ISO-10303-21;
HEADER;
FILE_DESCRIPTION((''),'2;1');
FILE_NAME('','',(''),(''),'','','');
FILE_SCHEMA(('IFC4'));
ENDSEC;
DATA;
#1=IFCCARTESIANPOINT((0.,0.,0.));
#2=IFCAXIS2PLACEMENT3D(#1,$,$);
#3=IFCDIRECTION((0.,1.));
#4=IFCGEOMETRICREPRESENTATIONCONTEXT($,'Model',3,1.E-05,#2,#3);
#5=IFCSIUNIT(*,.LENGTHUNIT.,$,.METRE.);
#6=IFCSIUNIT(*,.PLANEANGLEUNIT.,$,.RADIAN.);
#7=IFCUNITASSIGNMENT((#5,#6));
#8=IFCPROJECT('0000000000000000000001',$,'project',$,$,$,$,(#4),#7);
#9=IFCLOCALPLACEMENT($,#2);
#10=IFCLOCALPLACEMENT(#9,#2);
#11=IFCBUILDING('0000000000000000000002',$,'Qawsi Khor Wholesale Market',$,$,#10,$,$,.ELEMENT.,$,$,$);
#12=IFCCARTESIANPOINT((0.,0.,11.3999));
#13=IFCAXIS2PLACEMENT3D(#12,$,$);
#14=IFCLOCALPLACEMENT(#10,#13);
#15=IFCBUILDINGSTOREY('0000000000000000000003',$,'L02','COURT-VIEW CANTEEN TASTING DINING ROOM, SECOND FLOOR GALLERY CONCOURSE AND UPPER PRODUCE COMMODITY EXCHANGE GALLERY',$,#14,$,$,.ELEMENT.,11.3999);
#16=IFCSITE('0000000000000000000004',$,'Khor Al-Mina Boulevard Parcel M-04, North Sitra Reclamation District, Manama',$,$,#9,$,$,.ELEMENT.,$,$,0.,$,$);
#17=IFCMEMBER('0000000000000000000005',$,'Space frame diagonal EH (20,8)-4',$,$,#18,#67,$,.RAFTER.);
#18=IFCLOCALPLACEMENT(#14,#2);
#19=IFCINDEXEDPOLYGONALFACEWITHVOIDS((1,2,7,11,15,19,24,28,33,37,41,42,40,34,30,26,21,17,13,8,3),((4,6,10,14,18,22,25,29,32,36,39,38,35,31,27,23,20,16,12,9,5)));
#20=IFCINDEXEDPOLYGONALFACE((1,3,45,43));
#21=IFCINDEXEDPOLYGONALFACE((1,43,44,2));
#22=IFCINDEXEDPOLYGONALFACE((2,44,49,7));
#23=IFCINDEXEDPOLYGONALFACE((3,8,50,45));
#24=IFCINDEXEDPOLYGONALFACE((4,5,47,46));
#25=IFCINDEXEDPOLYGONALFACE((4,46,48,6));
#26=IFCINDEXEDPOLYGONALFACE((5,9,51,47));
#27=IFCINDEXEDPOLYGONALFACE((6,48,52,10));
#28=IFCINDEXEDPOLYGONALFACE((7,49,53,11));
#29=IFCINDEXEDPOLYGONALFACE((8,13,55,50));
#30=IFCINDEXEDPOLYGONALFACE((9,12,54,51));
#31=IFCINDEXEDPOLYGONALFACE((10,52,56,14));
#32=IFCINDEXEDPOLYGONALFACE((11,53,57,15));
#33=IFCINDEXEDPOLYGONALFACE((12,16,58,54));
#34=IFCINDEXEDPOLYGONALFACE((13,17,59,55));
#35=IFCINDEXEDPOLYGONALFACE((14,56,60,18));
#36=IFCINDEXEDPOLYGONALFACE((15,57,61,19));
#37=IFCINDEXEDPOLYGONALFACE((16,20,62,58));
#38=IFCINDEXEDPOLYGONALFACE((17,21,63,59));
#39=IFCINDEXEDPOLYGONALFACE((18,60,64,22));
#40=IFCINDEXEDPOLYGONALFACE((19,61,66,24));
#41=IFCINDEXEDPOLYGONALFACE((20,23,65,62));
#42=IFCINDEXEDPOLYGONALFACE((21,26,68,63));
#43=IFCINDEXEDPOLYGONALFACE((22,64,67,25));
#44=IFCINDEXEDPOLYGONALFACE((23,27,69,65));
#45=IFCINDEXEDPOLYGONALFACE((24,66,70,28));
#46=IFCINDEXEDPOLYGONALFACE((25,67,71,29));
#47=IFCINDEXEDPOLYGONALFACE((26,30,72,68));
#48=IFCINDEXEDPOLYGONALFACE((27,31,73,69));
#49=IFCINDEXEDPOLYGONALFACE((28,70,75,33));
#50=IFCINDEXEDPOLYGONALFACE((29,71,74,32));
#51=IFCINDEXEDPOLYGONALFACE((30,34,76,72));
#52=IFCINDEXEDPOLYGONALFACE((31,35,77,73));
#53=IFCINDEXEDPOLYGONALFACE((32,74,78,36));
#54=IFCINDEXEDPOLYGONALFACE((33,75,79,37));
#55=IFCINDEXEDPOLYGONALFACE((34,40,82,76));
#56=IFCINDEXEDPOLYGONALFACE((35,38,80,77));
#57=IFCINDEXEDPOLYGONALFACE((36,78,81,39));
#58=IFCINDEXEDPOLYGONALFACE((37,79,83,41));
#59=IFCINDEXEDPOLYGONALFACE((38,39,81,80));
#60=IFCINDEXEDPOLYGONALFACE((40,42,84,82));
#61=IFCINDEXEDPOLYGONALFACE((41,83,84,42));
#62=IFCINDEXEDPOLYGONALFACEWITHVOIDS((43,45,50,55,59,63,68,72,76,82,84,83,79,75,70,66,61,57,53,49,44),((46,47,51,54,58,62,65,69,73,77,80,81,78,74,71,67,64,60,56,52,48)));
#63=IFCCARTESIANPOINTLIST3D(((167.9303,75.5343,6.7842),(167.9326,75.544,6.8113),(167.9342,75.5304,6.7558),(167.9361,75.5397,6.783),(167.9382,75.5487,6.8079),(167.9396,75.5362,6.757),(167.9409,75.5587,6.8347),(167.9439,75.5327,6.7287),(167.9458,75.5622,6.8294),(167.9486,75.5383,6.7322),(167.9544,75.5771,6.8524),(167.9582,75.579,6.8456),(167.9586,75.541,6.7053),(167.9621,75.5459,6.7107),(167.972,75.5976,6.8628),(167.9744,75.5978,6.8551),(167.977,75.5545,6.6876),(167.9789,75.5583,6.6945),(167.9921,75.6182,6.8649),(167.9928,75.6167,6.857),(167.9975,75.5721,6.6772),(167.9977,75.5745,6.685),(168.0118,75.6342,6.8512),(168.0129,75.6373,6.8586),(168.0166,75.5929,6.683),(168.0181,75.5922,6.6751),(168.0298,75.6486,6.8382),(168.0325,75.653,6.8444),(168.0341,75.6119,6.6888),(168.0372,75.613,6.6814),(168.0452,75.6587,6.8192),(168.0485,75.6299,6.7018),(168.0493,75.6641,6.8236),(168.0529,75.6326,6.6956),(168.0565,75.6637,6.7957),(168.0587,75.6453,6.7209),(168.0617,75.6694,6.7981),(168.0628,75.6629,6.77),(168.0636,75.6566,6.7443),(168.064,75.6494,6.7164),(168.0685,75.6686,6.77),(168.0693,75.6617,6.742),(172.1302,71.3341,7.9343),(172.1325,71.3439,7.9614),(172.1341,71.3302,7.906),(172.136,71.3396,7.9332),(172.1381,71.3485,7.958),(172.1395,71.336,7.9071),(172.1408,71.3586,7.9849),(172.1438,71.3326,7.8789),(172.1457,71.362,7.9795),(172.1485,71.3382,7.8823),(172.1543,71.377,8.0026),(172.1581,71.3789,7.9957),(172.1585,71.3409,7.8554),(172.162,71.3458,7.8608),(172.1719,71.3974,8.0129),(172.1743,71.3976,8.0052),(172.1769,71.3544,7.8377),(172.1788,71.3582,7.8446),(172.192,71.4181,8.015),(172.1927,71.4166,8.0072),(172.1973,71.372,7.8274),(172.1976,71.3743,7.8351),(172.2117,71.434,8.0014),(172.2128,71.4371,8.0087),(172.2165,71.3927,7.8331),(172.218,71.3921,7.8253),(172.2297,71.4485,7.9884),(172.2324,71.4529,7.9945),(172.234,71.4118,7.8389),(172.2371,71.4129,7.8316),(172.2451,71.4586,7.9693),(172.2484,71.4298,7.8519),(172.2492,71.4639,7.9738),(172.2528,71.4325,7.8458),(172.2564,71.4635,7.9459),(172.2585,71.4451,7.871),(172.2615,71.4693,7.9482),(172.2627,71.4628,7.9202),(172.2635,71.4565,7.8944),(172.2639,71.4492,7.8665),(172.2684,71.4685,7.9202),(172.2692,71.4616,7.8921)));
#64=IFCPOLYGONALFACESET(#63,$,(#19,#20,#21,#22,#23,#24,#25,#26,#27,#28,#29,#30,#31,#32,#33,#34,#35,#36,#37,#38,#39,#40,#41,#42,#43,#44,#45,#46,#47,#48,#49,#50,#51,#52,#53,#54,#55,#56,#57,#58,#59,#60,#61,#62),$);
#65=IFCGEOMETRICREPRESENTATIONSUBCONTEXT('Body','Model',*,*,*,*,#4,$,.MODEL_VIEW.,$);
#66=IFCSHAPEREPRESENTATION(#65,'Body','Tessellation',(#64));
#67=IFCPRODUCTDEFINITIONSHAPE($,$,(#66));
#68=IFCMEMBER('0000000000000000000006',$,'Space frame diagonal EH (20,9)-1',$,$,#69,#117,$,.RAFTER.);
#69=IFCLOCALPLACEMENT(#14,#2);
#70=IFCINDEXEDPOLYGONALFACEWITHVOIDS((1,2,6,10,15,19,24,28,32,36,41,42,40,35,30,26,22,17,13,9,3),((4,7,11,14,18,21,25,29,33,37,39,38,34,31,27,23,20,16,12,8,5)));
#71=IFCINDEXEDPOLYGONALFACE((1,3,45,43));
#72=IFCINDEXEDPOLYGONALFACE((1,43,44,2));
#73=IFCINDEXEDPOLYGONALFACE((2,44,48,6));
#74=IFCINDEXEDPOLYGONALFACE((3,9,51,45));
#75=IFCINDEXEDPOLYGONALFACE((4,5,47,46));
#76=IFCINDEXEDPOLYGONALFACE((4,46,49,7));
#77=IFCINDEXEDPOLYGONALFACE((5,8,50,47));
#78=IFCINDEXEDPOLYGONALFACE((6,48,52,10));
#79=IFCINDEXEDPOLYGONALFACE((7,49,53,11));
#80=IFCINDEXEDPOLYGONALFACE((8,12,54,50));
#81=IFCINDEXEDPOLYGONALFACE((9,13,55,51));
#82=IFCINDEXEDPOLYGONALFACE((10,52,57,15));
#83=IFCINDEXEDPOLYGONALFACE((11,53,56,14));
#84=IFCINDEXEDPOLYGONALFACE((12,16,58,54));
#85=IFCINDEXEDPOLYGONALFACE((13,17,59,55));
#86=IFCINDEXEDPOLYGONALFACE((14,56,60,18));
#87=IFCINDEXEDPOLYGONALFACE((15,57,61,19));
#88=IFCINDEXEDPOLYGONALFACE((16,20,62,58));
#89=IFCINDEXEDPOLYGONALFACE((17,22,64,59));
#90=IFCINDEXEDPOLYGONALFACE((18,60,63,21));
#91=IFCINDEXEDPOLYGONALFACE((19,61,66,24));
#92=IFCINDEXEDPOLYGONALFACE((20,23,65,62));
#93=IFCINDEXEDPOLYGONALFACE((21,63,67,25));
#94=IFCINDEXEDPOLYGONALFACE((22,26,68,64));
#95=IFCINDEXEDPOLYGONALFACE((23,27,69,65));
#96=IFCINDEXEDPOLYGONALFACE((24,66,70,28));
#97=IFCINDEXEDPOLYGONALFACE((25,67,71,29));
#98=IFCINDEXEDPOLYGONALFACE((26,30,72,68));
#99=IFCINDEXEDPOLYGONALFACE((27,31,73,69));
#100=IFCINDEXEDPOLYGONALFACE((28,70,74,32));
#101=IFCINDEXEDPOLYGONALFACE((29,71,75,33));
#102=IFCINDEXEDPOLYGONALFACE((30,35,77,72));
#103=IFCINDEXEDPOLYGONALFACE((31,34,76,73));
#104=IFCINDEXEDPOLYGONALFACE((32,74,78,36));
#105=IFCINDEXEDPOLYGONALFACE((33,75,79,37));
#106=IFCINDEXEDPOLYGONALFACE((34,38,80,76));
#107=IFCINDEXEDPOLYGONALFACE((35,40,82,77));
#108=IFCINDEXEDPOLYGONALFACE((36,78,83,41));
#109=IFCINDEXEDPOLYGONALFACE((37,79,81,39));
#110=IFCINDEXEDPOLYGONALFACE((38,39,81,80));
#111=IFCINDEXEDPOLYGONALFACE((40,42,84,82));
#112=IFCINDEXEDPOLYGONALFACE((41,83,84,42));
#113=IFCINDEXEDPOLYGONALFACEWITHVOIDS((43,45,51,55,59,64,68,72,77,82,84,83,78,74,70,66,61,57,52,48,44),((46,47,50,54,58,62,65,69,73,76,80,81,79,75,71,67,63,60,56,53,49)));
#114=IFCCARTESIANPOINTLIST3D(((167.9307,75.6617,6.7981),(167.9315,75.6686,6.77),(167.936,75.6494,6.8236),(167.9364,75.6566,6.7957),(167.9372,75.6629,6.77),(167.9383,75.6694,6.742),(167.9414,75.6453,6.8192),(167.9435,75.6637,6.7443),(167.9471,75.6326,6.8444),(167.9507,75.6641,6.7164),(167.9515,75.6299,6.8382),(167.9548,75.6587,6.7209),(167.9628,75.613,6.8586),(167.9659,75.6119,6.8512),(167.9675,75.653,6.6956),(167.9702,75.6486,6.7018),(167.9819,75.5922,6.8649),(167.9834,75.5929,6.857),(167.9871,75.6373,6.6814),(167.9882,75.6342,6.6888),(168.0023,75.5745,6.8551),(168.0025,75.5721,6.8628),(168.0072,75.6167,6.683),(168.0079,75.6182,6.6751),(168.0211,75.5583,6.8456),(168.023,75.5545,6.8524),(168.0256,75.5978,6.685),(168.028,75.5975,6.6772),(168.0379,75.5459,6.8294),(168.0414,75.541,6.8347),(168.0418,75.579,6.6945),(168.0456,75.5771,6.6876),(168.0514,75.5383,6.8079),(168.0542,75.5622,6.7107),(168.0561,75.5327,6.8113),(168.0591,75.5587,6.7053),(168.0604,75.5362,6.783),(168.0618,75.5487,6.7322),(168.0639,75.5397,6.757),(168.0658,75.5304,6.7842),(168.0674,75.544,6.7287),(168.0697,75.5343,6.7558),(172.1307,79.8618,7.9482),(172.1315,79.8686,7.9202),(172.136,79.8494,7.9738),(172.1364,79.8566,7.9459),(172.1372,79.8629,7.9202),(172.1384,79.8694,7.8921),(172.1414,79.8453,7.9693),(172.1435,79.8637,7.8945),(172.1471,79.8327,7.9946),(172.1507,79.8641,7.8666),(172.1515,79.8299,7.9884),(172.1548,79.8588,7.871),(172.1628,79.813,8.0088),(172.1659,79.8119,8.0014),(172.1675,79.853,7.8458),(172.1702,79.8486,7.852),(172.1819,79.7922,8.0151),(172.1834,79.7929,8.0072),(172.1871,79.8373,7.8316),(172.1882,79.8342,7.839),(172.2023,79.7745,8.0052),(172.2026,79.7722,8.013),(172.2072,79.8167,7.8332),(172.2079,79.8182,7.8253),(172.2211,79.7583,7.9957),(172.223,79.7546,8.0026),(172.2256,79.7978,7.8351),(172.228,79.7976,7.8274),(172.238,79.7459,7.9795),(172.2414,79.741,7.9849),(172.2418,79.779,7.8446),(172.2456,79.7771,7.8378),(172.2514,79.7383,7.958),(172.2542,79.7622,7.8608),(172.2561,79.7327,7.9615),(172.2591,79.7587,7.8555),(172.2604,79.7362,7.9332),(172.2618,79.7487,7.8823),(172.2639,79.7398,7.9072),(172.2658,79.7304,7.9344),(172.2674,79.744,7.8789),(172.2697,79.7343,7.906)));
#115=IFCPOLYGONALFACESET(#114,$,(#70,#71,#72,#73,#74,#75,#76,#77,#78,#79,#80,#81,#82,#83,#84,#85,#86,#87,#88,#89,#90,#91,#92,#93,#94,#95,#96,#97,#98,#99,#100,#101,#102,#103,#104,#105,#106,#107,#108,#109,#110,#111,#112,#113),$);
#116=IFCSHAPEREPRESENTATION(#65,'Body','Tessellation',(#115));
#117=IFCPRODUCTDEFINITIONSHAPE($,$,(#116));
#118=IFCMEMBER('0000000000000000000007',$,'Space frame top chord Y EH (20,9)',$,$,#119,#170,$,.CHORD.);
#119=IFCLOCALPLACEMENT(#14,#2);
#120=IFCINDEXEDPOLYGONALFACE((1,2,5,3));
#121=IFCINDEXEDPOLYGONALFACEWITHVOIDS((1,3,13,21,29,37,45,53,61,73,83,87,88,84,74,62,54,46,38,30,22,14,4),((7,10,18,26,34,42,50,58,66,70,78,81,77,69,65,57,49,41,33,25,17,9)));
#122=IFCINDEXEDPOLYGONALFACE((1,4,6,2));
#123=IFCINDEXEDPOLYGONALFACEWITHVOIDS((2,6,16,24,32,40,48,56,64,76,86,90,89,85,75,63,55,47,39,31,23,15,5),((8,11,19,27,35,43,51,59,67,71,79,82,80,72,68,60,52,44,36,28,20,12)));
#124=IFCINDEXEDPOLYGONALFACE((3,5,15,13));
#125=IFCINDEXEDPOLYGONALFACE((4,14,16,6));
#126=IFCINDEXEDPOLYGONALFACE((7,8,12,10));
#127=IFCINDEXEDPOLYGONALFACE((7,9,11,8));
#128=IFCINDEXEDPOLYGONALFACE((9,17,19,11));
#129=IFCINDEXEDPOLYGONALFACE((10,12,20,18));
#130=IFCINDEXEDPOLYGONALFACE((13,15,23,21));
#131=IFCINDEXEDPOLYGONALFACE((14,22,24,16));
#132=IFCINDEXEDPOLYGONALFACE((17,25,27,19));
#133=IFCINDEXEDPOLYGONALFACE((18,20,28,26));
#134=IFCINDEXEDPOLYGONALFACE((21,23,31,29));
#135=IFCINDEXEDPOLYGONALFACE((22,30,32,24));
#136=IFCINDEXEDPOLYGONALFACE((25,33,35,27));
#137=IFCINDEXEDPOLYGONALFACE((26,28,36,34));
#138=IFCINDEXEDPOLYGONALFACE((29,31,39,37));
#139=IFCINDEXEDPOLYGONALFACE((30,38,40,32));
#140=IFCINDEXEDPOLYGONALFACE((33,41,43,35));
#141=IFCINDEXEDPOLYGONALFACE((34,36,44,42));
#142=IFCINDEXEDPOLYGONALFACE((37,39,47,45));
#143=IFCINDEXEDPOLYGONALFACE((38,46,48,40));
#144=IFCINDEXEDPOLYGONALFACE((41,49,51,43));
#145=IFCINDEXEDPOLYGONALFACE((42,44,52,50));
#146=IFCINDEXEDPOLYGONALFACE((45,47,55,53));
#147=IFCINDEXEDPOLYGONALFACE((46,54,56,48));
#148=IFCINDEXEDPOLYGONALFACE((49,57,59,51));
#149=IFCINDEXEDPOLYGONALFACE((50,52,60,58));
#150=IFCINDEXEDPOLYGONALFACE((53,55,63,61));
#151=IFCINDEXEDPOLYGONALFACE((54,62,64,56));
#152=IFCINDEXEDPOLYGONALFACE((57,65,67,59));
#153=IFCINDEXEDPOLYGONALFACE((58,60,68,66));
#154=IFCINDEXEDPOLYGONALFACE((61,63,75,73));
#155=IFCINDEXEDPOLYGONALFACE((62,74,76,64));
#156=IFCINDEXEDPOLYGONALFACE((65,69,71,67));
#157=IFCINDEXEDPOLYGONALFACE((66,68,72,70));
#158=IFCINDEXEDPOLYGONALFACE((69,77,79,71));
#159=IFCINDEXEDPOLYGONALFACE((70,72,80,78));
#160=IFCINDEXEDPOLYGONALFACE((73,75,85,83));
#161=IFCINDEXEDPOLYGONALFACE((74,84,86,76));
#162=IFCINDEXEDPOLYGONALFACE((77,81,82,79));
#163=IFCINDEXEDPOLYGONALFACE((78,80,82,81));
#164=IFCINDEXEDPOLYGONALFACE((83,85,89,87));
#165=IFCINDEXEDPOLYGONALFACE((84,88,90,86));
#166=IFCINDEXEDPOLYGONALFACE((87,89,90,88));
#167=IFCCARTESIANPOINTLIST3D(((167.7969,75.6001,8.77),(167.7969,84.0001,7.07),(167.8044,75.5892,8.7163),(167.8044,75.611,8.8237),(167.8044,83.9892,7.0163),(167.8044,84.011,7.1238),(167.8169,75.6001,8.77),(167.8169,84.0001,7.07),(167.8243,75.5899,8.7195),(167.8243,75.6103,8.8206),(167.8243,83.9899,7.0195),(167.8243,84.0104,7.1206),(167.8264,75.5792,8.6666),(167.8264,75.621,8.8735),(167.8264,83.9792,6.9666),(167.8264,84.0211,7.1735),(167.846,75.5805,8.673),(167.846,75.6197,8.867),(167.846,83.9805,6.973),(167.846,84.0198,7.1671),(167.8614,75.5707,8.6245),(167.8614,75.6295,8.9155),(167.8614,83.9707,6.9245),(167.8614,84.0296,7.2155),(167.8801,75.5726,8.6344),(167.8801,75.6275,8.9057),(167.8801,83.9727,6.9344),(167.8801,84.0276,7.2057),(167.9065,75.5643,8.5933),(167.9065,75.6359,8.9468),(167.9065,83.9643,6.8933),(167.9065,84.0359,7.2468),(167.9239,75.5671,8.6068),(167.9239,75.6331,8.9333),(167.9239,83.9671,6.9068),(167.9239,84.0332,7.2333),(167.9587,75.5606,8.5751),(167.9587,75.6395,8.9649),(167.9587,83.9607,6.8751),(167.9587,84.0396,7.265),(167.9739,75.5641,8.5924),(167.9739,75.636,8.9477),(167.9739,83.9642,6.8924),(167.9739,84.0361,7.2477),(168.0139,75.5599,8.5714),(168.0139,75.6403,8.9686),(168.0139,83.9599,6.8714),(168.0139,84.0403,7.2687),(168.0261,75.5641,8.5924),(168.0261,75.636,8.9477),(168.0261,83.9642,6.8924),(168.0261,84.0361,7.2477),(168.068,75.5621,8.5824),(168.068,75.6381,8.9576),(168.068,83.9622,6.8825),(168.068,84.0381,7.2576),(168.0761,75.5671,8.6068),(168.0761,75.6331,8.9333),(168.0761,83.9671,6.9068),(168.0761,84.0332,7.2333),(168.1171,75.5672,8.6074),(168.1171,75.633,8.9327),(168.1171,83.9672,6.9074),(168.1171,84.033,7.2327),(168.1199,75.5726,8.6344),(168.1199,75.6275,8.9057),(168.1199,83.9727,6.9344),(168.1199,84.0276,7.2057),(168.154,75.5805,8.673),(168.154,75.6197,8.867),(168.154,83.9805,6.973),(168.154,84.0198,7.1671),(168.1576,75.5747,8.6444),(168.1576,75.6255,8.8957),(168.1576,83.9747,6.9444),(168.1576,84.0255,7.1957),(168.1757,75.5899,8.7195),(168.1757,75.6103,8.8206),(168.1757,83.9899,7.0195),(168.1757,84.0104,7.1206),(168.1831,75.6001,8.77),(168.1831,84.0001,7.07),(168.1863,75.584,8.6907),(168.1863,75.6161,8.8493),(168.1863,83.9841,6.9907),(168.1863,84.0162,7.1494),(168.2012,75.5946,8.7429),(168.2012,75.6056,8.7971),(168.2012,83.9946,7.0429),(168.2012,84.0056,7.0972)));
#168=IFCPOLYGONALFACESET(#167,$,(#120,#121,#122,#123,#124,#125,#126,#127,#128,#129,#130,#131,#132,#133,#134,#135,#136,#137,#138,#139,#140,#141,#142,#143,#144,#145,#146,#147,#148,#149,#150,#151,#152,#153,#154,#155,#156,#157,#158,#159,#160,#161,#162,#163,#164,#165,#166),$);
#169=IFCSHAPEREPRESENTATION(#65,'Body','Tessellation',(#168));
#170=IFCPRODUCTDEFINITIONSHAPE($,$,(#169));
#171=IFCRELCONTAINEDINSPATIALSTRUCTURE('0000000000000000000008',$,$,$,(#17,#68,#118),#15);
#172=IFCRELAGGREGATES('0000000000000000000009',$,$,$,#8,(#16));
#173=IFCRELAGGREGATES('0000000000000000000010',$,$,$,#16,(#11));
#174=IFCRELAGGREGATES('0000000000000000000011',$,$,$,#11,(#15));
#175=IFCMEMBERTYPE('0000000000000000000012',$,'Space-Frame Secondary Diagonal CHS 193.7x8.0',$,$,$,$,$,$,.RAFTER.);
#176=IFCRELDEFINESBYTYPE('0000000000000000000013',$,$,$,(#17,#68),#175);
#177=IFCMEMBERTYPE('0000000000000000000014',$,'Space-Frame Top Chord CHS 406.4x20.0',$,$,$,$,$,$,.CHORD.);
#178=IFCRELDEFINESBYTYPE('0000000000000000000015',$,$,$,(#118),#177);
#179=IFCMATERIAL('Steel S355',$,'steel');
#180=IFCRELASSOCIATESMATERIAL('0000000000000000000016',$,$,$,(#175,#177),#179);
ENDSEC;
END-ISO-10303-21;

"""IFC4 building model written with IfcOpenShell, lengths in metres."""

from ifc_helpers import new_model, si_unit, direction, frame, origin, origin_2d, place, context, subcontext, project, spatial, hollow_circle, extrude, material, material_profile, profile_set, type_object, element, save


model = new_model("IFC4")

# Units and contexts
model_context = context("Model", 3, precision=1e-05, world=origin(), true_north=direction((0.0, 1.0)))
body_context = subcontext(model_context, "Body", "Model", "MODEL_VIEW")
ifc_project = project(units=[si_unit("LENGTHUNIT", "METRE"), si_unit("PLANEANGLEUNIT", "RADIAN")], contexts=[model_context])

# Site, building, storey
site_placement = place(None, origin())
site = spatial("IfcSite", under=ifc_project, at=site_placement, Name="Khor Al-Mina Boulevard Parcel M-04, North Sitra Reclamation District, Manama", CompositionType="ELEMENT", RefElevation=0.0)
building_placement = place(site_placement, origin())
building = spatial("IfcBuilding", under=site, at=building_placement, Name="Qawsi Khor Wholesale Market", CompositionType="ELEMENT")
storey_placement = place(building_placement, frame((0.0, 0.0, 11.3999)))
storey = spatial("IfcBuildingStorey", under=building, at=storey_placement, Name="L02", Description="COURT-VIEW CANTEEN TASTING DINING ROOM, SECOND FLOOR GALLERY CONCOURSE AND UPPER PRODUCE COMMODITY EXCHANGE GALLERY", CompositionType="ELEMENT", Elevation=11.3999)

# Members
ifc_material_1 = material(Name="Steel S355", Category="steel")
ifc_material_profile_1 = material_profile(ifc_material_1, hollow_circle(Radius=0.0969, WallThickness=0.0081, at=origin_2d()), Name="CHS 193.7x8.0")
ifc_profile_set_1 = profile_set([ifc_material_profile_1], Name="Steel S355")
member_type_1 = type_object("IfcMemberType", Name="Space-Frame Secondary Diagonal CHS 193.7x8.0", PredefinedType="RAFTER", material=ifc_profile_set_1)
for number, where, z_axis, x_axis, name in (
    (1, (168.0, 75.6001, 6.77), (0.694192, -0.694232, 0.190103), (0.707127, 0.707086, 0.0), "Space frame diagonal EH (20,8)-4"),
    (2, (168.0, 75.6001, 6.77), (0.694211, 0.694211, 0.190108), (-0.707107, 0.707107, 0.0), "Space frame diagonal EH (20,9)-1"),
):
    element("IfcMember", number, at=place(storey_placement, frame(where, z_axis=z_axis, x_axis=x_axis)), inside=storey, type_object=member_type_1, Name=name, PredefinedType="RAFTER", context=body_context, shape_type="SweptSolid", body=[
        extrude(hollow_circle(Radius=0.0969, WallThickness=0.0081, at=origin_2d()), origin(), (0.0, 0.0, 1.0), 6.05),
    ])
ifc_material_profile_2 = material_profile(ifc_material_1, hollow_circle(Radius=0.2031, WallThickness=0.02, at=origin_2d()), Name="CHS 406.4x20.0")
ifc_profile_set_2 = profile_set([ifc_material_profile_2], Name="Steel S355")
member_type_2 = type_object("IfcMemberType", Name="Space-Frame Top Chord CHS 406.4x20.0", PredefinedType="CHORD", material=ifc_profile_set_2)
member_1_placement = place(storey_placement, frame((168.0, 75.6001, 8.77), z_axis=(0.0, 0.98013, -0.198356), x_axis=(-1.0, 0.0, 0.0)))
element("IfcMember", 3, at=member_1_placement, inside=storey, type_object=member_type_2, Name="Space frame top chord Y EH (20,9)", PredefinedType="CHORD", context=body_context, shape_type="SweptSolid", body=[
    extrude(hollow_circle(Radius=0.2031, WallThickness=0.02, at=origin_2d()), origin(), (0.0, 0.0, 1.0), 8.5703),
])

save(model, "model.ifc")
